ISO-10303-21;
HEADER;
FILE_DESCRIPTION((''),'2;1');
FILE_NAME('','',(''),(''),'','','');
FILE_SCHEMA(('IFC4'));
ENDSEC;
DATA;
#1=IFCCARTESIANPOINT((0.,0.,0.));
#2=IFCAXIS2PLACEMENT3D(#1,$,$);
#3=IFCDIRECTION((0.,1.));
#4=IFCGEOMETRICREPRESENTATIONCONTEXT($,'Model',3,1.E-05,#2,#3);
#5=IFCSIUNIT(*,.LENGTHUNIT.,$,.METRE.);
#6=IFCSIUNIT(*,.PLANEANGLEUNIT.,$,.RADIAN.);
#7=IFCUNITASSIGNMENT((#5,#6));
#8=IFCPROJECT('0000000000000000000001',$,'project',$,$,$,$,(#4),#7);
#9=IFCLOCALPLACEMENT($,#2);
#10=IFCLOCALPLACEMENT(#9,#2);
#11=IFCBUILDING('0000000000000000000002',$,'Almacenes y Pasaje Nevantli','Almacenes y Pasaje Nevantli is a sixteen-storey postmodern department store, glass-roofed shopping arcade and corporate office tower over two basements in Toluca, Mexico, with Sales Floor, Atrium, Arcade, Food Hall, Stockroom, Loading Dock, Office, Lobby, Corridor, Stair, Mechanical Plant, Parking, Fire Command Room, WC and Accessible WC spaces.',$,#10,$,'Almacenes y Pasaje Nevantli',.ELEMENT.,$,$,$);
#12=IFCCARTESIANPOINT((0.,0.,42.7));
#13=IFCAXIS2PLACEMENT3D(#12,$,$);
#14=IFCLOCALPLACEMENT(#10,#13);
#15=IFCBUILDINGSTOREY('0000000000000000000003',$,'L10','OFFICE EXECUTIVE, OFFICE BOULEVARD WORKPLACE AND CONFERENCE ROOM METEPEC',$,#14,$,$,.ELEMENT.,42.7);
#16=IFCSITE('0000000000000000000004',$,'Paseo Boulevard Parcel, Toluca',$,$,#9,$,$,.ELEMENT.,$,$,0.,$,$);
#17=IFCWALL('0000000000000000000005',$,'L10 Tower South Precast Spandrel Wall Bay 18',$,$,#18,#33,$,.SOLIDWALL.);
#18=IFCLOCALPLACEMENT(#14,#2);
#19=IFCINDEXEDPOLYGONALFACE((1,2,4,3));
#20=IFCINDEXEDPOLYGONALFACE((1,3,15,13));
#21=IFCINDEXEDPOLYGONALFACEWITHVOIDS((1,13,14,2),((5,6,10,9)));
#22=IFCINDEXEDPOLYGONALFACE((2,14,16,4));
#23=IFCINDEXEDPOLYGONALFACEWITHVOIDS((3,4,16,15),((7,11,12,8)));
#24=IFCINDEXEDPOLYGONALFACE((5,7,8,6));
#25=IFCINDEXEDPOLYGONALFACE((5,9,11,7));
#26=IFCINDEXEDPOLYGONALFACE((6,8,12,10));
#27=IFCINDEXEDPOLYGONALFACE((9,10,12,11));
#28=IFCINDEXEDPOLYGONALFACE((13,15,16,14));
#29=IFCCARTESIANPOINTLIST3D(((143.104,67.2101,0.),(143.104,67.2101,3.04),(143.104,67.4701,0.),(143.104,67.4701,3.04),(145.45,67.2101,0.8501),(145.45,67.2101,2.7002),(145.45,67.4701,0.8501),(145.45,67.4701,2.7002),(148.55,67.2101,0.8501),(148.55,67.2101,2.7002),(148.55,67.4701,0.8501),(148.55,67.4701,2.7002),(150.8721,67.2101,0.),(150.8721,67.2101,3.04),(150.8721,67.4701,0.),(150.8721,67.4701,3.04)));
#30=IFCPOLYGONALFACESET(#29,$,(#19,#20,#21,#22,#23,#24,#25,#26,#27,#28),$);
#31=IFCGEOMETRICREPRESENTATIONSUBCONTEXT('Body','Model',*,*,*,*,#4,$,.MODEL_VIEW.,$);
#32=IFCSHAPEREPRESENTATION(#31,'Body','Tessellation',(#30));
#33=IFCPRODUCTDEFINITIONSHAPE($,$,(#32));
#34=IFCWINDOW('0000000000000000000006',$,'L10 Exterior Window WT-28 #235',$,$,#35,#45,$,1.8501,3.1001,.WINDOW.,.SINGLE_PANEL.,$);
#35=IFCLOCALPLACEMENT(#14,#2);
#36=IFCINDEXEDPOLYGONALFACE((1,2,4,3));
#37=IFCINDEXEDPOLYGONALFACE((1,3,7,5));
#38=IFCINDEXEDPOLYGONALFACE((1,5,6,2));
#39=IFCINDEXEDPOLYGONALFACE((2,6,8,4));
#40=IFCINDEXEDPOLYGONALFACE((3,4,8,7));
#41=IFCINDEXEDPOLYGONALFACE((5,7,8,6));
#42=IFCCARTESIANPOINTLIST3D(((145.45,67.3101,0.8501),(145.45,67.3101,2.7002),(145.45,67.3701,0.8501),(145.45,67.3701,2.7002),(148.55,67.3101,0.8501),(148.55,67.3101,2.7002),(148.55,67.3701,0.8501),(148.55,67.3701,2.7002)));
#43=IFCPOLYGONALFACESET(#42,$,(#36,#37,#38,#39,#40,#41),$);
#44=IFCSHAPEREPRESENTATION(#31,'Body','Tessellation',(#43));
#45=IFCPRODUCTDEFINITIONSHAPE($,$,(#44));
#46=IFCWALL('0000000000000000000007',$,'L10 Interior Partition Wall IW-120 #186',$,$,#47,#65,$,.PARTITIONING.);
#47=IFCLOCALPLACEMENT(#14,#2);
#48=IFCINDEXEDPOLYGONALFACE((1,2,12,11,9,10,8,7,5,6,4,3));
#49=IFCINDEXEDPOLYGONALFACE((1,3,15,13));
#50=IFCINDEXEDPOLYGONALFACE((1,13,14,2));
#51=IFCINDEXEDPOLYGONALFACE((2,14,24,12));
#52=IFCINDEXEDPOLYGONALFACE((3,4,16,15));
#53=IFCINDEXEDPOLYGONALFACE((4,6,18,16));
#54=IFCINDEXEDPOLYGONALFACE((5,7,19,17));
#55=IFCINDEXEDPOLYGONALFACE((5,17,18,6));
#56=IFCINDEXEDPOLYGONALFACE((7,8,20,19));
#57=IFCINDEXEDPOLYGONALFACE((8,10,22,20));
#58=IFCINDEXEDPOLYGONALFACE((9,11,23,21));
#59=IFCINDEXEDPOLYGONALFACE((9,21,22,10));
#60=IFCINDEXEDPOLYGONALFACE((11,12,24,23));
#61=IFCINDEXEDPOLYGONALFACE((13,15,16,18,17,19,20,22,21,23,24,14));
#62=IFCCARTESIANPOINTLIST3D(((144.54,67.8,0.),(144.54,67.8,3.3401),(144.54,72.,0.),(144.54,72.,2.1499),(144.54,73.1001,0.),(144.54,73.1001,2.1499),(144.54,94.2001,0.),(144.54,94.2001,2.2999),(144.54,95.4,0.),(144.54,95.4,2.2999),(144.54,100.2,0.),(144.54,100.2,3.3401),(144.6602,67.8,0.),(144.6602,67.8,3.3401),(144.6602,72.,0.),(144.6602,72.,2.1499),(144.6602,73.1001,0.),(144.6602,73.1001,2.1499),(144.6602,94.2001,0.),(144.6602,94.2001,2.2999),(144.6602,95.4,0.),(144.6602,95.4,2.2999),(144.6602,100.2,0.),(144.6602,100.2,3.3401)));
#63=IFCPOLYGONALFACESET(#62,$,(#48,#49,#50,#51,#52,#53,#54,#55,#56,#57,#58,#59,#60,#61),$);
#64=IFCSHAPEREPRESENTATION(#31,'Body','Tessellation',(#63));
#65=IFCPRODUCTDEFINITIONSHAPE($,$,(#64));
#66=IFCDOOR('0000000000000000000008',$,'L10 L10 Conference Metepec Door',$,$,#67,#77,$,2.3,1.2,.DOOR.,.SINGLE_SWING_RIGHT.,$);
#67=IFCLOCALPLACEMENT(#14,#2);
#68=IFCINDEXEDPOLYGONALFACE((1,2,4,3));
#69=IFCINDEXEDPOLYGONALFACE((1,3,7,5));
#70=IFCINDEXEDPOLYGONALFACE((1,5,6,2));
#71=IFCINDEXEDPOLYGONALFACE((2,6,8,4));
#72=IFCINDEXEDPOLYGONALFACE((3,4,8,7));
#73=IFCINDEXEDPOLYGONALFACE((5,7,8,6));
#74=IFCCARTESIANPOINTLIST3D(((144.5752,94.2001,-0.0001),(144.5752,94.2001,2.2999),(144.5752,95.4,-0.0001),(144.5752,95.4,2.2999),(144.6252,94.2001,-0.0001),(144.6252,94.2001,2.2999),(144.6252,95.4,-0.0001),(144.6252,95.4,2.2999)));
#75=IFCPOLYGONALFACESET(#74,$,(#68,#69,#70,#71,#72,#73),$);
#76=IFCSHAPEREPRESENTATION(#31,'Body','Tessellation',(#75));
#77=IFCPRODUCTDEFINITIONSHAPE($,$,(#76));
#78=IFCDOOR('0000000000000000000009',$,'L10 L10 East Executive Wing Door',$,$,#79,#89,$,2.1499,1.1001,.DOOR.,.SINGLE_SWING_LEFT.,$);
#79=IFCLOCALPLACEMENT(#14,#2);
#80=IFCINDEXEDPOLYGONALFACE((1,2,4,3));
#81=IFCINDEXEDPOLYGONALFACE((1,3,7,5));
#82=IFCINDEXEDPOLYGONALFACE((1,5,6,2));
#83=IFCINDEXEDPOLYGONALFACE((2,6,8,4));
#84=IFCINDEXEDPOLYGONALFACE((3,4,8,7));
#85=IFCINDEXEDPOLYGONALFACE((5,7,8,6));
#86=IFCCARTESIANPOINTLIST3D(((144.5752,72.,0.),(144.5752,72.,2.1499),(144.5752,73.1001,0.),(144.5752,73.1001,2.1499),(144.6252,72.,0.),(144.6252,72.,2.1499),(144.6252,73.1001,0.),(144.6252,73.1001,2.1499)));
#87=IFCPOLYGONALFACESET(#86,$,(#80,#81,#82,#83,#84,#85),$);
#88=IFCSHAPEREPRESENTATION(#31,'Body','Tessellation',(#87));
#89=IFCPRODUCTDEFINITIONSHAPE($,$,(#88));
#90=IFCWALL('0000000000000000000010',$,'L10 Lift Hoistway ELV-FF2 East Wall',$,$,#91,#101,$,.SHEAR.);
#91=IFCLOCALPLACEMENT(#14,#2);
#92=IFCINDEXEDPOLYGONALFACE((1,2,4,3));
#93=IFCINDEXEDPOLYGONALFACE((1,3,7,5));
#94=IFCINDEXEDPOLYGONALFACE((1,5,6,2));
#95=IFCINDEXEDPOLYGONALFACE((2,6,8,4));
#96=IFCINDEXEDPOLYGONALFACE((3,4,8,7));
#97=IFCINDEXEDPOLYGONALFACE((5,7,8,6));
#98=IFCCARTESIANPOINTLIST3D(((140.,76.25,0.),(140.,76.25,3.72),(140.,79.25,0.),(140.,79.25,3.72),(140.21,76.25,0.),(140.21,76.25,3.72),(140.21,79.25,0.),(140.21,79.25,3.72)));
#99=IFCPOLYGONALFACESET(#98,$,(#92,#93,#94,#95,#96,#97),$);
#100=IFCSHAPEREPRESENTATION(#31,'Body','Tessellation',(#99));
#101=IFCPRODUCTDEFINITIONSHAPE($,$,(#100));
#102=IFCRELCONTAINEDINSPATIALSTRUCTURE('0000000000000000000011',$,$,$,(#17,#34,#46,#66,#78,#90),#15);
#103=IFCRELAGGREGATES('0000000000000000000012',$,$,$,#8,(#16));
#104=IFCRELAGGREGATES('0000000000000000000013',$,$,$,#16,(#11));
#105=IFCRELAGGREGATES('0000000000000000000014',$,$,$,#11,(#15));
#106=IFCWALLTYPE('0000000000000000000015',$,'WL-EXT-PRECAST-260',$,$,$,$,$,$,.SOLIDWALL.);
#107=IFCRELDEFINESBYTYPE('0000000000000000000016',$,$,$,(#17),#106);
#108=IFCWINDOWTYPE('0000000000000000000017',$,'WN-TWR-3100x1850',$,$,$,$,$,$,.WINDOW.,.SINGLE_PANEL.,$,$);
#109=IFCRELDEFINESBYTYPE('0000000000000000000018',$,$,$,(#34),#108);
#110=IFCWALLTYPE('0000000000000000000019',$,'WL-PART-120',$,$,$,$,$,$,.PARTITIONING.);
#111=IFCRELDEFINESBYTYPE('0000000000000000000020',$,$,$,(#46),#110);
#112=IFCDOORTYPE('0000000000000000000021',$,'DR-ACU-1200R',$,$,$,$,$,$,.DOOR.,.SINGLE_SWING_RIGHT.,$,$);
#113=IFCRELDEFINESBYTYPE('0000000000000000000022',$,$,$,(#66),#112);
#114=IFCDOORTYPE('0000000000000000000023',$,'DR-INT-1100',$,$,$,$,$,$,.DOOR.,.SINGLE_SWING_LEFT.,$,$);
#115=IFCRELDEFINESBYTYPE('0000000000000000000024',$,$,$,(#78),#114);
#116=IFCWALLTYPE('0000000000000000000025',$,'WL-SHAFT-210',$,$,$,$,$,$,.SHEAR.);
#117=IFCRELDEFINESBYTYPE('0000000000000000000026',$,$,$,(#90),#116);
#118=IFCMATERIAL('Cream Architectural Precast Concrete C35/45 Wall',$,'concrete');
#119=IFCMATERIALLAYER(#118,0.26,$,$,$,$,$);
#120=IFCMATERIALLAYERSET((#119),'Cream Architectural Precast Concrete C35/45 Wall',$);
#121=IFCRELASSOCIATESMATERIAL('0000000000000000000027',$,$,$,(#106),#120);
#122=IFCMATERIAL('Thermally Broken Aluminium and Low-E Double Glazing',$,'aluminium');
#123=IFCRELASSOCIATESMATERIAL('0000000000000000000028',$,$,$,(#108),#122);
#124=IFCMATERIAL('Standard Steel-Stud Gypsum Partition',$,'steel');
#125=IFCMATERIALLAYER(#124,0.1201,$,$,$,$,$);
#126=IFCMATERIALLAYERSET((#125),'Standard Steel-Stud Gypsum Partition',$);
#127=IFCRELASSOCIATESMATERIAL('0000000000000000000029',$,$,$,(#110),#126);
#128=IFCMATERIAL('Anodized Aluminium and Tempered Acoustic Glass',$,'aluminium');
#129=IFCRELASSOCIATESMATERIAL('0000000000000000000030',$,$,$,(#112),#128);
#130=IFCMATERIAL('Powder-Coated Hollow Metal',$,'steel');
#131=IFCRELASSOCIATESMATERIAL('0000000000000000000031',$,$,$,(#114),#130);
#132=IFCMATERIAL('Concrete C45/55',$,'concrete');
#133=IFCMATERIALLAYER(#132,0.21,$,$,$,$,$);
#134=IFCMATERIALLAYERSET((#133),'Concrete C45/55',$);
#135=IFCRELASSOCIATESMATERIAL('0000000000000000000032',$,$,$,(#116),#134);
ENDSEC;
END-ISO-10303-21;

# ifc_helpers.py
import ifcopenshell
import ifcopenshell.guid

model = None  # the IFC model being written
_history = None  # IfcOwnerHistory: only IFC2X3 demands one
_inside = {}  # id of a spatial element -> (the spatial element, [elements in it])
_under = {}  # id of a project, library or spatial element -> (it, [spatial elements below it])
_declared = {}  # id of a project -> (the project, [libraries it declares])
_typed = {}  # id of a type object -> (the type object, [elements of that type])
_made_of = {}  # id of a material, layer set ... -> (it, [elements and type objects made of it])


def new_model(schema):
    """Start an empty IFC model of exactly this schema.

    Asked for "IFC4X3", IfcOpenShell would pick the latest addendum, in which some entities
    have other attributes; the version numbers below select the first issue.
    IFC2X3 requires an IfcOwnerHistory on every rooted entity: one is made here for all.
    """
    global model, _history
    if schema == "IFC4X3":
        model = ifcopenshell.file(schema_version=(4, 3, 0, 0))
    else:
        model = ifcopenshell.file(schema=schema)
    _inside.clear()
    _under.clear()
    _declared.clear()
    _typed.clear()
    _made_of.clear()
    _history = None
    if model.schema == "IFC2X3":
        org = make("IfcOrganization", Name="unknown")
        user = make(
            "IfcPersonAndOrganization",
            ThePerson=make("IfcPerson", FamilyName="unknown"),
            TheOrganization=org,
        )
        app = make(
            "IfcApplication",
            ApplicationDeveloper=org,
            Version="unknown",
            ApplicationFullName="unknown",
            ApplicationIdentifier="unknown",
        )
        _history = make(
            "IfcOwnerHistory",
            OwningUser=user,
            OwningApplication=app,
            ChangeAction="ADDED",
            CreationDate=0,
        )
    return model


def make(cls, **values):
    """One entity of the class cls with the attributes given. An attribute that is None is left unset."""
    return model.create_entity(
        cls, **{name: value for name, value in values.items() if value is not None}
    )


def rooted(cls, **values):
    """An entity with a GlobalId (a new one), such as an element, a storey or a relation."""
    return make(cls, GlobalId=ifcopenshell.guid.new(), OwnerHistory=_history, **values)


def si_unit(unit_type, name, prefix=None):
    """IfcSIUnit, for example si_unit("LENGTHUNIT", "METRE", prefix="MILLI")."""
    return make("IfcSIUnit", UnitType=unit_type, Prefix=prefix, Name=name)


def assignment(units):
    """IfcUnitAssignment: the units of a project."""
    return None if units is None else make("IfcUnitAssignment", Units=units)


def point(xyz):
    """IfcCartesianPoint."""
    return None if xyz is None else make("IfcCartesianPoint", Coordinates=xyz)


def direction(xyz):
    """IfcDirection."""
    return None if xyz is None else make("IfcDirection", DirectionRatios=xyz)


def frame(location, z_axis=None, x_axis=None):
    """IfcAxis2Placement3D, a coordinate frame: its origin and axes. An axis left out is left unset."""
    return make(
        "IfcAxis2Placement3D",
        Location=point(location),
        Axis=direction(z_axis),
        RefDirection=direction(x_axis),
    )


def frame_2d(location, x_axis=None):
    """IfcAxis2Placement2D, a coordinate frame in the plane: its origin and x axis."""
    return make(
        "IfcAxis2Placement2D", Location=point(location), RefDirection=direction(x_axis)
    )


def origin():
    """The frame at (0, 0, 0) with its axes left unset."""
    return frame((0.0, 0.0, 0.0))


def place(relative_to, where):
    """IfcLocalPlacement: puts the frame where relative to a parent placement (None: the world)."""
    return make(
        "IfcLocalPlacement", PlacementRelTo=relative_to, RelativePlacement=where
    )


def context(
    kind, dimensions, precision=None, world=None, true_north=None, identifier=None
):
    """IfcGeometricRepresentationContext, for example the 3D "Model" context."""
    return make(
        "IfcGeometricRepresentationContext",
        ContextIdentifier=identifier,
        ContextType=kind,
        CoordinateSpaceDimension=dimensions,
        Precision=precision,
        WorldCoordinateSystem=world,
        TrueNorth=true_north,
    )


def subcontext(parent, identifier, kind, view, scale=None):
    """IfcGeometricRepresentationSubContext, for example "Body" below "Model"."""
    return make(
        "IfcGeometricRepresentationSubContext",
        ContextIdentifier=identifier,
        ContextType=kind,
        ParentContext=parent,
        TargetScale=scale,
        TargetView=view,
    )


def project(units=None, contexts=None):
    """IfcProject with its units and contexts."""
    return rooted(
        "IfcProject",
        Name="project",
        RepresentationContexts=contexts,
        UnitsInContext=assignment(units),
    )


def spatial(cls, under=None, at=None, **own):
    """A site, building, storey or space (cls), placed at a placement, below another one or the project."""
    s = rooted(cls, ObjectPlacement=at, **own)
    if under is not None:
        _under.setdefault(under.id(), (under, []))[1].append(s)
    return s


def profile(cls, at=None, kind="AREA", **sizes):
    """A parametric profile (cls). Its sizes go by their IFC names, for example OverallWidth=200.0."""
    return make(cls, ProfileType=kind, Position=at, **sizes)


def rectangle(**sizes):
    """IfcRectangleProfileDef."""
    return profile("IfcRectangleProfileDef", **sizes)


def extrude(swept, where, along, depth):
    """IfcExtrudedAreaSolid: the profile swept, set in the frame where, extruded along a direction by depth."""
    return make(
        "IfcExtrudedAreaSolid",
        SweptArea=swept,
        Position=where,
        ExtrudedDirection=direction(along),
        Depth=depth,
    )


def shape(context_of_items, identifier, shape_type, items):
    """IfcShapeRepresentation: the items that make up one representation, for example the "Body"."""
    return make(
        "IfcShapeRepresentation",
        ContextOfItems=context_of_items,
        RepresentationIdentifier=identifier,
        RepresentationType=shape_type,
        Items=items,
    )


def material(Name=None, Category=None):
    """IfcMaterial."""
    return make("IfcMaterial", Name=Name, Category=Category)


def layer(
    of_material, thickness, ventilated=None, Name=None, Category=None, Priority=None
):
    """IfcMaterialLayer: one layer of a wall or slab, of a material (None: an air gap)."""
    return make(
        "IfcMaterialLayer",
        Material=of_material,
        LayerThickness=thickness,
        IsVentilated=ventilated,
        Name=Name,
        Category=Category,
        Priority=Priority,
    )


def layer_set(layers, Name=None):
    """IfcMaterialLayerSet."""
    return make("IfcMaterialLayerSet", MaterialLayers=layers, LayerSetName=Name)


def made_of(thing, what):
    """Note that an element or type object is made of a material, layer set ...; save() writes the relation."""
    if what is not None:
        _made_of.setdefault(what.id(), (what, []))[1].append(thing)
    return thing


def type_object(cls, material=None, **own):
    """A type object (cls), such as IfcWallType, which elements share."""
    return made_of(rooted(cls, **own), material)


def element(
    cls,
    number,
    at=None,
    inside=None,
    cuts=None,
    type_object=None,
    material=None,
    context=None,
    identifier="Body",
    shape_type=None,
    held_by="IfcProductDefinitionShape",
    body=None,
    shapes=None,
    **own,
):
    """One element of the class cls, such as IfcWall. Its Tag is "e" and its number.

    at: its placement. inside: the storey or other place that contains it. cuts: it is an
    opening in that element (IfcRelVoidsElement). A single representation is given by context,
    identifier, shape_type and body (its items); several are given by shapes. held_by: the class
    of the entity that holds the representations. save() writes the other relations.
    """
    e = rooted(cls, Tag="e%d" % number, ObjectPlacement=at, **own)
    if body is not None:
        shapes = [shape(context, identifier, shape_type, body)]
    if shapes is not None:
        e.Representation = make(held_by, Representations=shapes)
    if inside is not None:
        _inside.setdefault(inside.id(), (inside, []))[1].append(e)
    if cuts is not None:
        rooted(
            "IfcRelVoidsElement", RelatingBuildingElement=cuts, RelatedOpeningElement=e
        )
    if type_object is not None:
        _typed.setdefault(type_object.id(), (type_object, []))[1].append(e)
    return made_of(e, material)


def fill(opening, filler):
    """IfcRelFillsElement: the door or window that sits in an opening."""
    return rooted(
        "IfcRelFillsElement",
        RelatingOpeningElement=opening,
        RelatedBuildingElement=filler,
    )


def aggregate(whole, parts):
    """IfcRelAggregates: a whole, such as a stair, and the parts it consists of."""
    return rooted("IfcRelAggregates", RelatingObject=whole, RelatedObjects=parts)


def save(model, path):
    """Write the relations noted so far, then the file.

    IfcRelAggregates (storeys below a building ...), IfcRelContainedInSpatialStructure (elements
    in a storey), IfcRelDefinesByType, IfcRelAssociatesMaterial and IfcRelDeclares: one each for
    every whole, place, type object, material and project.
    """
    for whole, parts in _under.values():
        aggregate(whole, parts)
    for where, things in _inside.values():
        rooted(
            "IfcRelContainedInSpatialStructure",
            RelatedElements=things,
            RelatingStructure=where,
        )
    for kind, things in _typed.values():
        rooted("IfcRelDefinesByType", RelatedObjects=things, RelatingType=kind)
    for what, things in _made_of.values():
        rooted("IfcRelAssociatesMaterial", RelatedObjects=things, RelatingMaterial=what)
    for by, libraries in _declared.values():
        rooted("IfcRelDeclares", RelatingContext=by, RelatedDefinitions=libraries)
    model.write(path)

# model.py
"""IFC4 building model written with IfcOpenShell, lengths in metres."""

from ifc_helpers import new_model, si_unit, direction, frame, frame_2d, origin, place, context, subcontext, project, spatial, rectangle, extrude, material, layer, layer_set, type_object, element, fill, save


model = new_model("IFC4")

# Units and contexts
model_context = context("Model", 3, precision=1e-05, world=origin(), true_north=direction((0.0, 1.0)))
body_context = subcontext(model_context, "Body", "Model", "MODEL_VIEW")
ifc_project = project(units=[si_unit("LENGTHUNIT", "METRE"), si_unit("PLANEANGLEUNIT", "RADIAN")], contexts=[model_context])

# Site, building, storey
site_placement = place(None, origin())
site = spatial("IfcSite", under=ifc_project, at=site_placement, Name="Paseo Boulevard Parcel, Toluca", CompositionType="ELEMENT", RefElevation=0.0)
building_placement = place(site_placement, origin())
building = spatial("IfcBuilding", under=site, at=building_placement, Name="Almacenes y Pasaje Nevantli", Description="Almacenes y Pasaje Nevantli is a sixteen-storey postmodern department store, glass-roofed shopping arcade and corporate office tower over two basements in Toluca, Mexico, with Sales Floor, Atrium, Arcade, Food Hall, Stockroom, Loading Dock, Office, Lobby, Corridor, Stair, Mechanical Plant, Parking, Fire Command Room, WC and Accessible WC spaces.", LongName="Almacenes y Pasaje Nevantli", CompositionType="ELEMENT")
storey_placement = place(building_placement, frame((0.0, 0.0, 42.7)))
storey = spatial("IfcBuildingStorey", under=building, at=storey_placement, Name="L10", Description="OFFICE EXECUTIVE, OFFICE BOULEVARD WORKPLACE AND CONFERENCE ROOM METEPEC", CompositionType="ELEMENT", Elevation=42.7)

# Wall, opening, window
ifc_material_1 = material(Name="Cream Architectural Precast Concrete C35/45 Wall", Category="concrete")
ifc_layer_1 = layer(ifc_material_1, 0.26)
ifc_layer_set_1 = layer_set([ifc_layer_1], Name="Cream Architectural Precast Concrete C35/45 Wall")
wall_type_1 = type_object("IfcWallType", Name="WL-EXT-PRECAST-260", PredefinedType="SOLIDWALL", material=ifc_layer_set_1)
wall_1_placement = place(storey_placement, frame((143.104, 67.3401, 0.0), z_axis=(0.0, 0.0, 1.0), x_axis=(1.0, 0.0, 0.0)))
wall_1 = element("IfcWall", 1, at=wall_1_placement, inside=storey, type_object=wall_type_1, Name="L10 Tower South Precast Spandrel Wall Bay 18", PredefinedType="SOLIDWALL", context=body_context, shape_type="SweptSolid", body=[
    extrude(rectangle(XDim=7.7681, YDim=0.26, at=frame_2d((3.884, 0.0))), origin(), (0.0, 0.0, 1.0), 3.04),
])
opening_1_placement = place(wall_1_placement, frame((2.3459, 0.0, 0.8501)))
opening_1 = element("IfcOpeningElement", 2, at=opening_1_placement, cuts=wall_1, PredefinedType="OPENING", context=body_context, shape_type="SweptSolid", body=[
    extrude(rectangle(XDim=3.1001, YDim=1.8501, at=frame_2d((1.55, 0.925))), frame((0.0, 0.1399, 0.0), z_axis=(0.0, -1.0, 0.0), x_axis=(1.0, 0.0, 0.0)), (0.0, 0.0, 1.0), 0.28),
])
ifc_material_2 = material(Name="Thermally Broken Aluminium and Low-E Double Glazing", Category="aluminium")
window_type = type_object("IfcWindowType", Name="WN-TWR-3100x1850", PartitioningType="SINGLE_PANEL", PredefinedType="WINDOW", material=ifc_material_2)
window_placement = place(opening_1_placement, origin())
window = element("IfcWindow", 3, at=window_placement, inside=storey, type_object=window_type, Name="L10 Exterior Window WT-28 #235", OverallHeight=1.8501, OverallWidth=3.1001, PartitioningType="SINGLE_PANEL", PredefinedType="WINDOW", context=body_context, shape_type="SweptSolid", body=[
    extrude(rectangle(XDim=3.1001, YDim=1.8501, at=frame_2d((1.55, 0.925))), frame((0.0, 0.03, 0.0), z_axis=(0.0, -1.0, 0.0), x_axis=(1.0, 0.0, 0.0)), (0.0, 0.0, 1.0), 0.0601),
])
fill(opening_1, window)

# Wall, openings, doors
ifc_material_3 = material(Name="Standard Steel-Stud Gypsum Partition", Category="steel")
ifc_layer_2 = layer(ifc_material_3, 0.1201)
ifc_layer_set_2 = layer_set([ifc_layer_2], Name="Standard Steel-Stud Gypsum Partition")
wall_type_2 = type_object("IfcWallType", Name="WL-PART-120", PredefinedType="PARTITIONING", material=ifc_layer_set_2)
wall_2_placement = place(storey_placement, frame((144.6001, 67.8, 0.0), z_axis=(0.0, 0.0, 1.0), x_axis=(0.0, 1.0, 0.0)))
wall_2 = element("IfcWall", 4, at=wall_2_placement, inside=storey, type_object=wall_type_2, Name="L10 Interior Partition Wall IW-120 #186", PredefinedType="PARTITIONING", context=body_context, shape_type="SweptSolid", body=[
    extrude(rectangle(XDim=32.3999, YDim=0.1201, at=frame_2d((16.2, 0.0))), origin(), (0.0, 0.0, 1.0), 3.3401),
])
opening_2_placement = place(wall_2_placement, frame((4.2, 0.0, 0.0)))
opening_2 = element("IfcOpeningElement", 5, at=opening_2_placement, cuts=wall_2, PredefinedType="OPENING", context=body_context, shape_type="SweptSolid", body=[
    extrude(rectangle(XDim=1.1001, YDim=2.1499, at=frame_2d((0.55, 1.075))), frame((0.0, 0.0701, 0.0), z_axis=(0.0, -1.0, 0.0), x_axis=(1.0, 0.0, 0.0)), (0.0, 0.0, 1.0), 0.1401),
])
opening_3_placement = place(wall_2_placement, frame((26.3999, 0.0, 0.0)))
opening_3 = element("IfcOpeningElement", 6, at=opening_3_placement, cuts=wall_2, PredefinedType="OPENING", context=body_context, shape_type="SweptSolid", body=[
    extrude(rectangle(XDim=1.2, YDim=2.3, at=frame_2d((0.6001, 1.1499))), frame((0.0, 0.0701, 0.0), z_axis=(0.0, -1.0, 0.0), x_axis=(1.0, 0.0, 0.0)), (0.0, 0.0, 1.0), 0.1401),
])
ifc_material_4 = material(Name="Anodized Aluminium and Tempered Acoustic Glass", Category="aluminium")
door_type_1 = type_object("IfcDoorType", Name="DR-ACU-1200R", OperationType="SINGLE_SWING_RIGHT", PredefinedType="DOOR", material=ifc_material_4)
door_1_placement = place(opening_3_placement, origin())
door_1 = element("IfcDoor", 7, at=door_1_placement, inside=storey, type_object=door_type_1, Name="L10 L10 Conference Metepec Door", OperationType="SINGLE_SWING_RIGHT", OverallHeight=2.3, OverallWidth=1.2, PredefinedType="DOOR", context=body_context, shape_type="SweptSolid", body=[
    extrude(rectangle(XDim=1.2, YDim=2.3, at=frame_2d((0.6001, 1.1499))), frame((0.0, 0.0249, 0.0), z_axis=(0.0, -1.0, 0.0), x_axis=(1.0, 0.0, 0.0)), (0.0, 0.0, 1.0), 0.05),
])
fill(opening_3, door_1)
ifc_material_5 = material(Name="Powder-Coated Hollow Metal", Category="steel")
door_type_2 = type_object("IfcDoorType", Name="DR-INT-1100", OperationType="SINGLE_SWING_LEFT", PredefinedType="DOOR", material=ifc_material_5)
door_2_placement = place(opening_2_placement, origin())
door_2 = element("IfcDoor", 8, at=door_2_placement, inside=storey, type_object=door_type_2, Name="L10 L10 East Executive Wing Door", OperationType="SINGLE_SWING_LEFT", OverallHeight=2.1499, OverallWidth=1.1001, PredefinedType="DOOR", context=body_context, shape_type="SweptSolid", body=[
    extrude(rectangle(XDim=1.1001, YDim=2.1499, at=frame_2d((0.55, 1.075))), frame((0.0, 0.0249, 0.0), z_axis=(0.0, -1.0, 0.0), x_axis=(1.0, 0.0, 0.0)), (0.0, 0.0, 1.0), 0.05),
])
fill(opening_2, door_2)

# Wall
ifc_material_6 = material(Name="Concrete C45/55", Category="concrete")
ifc_layer_3 = layer(ifc_material_6, 0.21)
ifc_layer_set_3 = layer_set([ifc_layer_3], Name="Concrete C45/55")
wall_type_3 = type_object("IfcWallType", Name="WL-SHAFT-210", PredefinedType="SHEAR", material=ifc_layer_set_3)
wall_3_placement = place(storey_placement, frame((140.105, 76.25, 0.0), z_axis=(0.0, 0.0, 1.0), x_axis=(0.0, 1.0, 0.0)))
element("IfcWall", 9, at=wall_3_placement, inside=storey, type_object=wall_type_3, Name="L10 Lift Hoistway ELV-FF2 East Wall", PredefinedType="SHEAR", context=body_context, shape_type="SweptSolid", body=[
    extrude(rectangle(XDim=3.0, YDim=0.21, at=frame_2d((1.5, 0.0))), origin(), (0.0, 0.0, 1.0), 3.72),
])

save(model, "model.ifc")
